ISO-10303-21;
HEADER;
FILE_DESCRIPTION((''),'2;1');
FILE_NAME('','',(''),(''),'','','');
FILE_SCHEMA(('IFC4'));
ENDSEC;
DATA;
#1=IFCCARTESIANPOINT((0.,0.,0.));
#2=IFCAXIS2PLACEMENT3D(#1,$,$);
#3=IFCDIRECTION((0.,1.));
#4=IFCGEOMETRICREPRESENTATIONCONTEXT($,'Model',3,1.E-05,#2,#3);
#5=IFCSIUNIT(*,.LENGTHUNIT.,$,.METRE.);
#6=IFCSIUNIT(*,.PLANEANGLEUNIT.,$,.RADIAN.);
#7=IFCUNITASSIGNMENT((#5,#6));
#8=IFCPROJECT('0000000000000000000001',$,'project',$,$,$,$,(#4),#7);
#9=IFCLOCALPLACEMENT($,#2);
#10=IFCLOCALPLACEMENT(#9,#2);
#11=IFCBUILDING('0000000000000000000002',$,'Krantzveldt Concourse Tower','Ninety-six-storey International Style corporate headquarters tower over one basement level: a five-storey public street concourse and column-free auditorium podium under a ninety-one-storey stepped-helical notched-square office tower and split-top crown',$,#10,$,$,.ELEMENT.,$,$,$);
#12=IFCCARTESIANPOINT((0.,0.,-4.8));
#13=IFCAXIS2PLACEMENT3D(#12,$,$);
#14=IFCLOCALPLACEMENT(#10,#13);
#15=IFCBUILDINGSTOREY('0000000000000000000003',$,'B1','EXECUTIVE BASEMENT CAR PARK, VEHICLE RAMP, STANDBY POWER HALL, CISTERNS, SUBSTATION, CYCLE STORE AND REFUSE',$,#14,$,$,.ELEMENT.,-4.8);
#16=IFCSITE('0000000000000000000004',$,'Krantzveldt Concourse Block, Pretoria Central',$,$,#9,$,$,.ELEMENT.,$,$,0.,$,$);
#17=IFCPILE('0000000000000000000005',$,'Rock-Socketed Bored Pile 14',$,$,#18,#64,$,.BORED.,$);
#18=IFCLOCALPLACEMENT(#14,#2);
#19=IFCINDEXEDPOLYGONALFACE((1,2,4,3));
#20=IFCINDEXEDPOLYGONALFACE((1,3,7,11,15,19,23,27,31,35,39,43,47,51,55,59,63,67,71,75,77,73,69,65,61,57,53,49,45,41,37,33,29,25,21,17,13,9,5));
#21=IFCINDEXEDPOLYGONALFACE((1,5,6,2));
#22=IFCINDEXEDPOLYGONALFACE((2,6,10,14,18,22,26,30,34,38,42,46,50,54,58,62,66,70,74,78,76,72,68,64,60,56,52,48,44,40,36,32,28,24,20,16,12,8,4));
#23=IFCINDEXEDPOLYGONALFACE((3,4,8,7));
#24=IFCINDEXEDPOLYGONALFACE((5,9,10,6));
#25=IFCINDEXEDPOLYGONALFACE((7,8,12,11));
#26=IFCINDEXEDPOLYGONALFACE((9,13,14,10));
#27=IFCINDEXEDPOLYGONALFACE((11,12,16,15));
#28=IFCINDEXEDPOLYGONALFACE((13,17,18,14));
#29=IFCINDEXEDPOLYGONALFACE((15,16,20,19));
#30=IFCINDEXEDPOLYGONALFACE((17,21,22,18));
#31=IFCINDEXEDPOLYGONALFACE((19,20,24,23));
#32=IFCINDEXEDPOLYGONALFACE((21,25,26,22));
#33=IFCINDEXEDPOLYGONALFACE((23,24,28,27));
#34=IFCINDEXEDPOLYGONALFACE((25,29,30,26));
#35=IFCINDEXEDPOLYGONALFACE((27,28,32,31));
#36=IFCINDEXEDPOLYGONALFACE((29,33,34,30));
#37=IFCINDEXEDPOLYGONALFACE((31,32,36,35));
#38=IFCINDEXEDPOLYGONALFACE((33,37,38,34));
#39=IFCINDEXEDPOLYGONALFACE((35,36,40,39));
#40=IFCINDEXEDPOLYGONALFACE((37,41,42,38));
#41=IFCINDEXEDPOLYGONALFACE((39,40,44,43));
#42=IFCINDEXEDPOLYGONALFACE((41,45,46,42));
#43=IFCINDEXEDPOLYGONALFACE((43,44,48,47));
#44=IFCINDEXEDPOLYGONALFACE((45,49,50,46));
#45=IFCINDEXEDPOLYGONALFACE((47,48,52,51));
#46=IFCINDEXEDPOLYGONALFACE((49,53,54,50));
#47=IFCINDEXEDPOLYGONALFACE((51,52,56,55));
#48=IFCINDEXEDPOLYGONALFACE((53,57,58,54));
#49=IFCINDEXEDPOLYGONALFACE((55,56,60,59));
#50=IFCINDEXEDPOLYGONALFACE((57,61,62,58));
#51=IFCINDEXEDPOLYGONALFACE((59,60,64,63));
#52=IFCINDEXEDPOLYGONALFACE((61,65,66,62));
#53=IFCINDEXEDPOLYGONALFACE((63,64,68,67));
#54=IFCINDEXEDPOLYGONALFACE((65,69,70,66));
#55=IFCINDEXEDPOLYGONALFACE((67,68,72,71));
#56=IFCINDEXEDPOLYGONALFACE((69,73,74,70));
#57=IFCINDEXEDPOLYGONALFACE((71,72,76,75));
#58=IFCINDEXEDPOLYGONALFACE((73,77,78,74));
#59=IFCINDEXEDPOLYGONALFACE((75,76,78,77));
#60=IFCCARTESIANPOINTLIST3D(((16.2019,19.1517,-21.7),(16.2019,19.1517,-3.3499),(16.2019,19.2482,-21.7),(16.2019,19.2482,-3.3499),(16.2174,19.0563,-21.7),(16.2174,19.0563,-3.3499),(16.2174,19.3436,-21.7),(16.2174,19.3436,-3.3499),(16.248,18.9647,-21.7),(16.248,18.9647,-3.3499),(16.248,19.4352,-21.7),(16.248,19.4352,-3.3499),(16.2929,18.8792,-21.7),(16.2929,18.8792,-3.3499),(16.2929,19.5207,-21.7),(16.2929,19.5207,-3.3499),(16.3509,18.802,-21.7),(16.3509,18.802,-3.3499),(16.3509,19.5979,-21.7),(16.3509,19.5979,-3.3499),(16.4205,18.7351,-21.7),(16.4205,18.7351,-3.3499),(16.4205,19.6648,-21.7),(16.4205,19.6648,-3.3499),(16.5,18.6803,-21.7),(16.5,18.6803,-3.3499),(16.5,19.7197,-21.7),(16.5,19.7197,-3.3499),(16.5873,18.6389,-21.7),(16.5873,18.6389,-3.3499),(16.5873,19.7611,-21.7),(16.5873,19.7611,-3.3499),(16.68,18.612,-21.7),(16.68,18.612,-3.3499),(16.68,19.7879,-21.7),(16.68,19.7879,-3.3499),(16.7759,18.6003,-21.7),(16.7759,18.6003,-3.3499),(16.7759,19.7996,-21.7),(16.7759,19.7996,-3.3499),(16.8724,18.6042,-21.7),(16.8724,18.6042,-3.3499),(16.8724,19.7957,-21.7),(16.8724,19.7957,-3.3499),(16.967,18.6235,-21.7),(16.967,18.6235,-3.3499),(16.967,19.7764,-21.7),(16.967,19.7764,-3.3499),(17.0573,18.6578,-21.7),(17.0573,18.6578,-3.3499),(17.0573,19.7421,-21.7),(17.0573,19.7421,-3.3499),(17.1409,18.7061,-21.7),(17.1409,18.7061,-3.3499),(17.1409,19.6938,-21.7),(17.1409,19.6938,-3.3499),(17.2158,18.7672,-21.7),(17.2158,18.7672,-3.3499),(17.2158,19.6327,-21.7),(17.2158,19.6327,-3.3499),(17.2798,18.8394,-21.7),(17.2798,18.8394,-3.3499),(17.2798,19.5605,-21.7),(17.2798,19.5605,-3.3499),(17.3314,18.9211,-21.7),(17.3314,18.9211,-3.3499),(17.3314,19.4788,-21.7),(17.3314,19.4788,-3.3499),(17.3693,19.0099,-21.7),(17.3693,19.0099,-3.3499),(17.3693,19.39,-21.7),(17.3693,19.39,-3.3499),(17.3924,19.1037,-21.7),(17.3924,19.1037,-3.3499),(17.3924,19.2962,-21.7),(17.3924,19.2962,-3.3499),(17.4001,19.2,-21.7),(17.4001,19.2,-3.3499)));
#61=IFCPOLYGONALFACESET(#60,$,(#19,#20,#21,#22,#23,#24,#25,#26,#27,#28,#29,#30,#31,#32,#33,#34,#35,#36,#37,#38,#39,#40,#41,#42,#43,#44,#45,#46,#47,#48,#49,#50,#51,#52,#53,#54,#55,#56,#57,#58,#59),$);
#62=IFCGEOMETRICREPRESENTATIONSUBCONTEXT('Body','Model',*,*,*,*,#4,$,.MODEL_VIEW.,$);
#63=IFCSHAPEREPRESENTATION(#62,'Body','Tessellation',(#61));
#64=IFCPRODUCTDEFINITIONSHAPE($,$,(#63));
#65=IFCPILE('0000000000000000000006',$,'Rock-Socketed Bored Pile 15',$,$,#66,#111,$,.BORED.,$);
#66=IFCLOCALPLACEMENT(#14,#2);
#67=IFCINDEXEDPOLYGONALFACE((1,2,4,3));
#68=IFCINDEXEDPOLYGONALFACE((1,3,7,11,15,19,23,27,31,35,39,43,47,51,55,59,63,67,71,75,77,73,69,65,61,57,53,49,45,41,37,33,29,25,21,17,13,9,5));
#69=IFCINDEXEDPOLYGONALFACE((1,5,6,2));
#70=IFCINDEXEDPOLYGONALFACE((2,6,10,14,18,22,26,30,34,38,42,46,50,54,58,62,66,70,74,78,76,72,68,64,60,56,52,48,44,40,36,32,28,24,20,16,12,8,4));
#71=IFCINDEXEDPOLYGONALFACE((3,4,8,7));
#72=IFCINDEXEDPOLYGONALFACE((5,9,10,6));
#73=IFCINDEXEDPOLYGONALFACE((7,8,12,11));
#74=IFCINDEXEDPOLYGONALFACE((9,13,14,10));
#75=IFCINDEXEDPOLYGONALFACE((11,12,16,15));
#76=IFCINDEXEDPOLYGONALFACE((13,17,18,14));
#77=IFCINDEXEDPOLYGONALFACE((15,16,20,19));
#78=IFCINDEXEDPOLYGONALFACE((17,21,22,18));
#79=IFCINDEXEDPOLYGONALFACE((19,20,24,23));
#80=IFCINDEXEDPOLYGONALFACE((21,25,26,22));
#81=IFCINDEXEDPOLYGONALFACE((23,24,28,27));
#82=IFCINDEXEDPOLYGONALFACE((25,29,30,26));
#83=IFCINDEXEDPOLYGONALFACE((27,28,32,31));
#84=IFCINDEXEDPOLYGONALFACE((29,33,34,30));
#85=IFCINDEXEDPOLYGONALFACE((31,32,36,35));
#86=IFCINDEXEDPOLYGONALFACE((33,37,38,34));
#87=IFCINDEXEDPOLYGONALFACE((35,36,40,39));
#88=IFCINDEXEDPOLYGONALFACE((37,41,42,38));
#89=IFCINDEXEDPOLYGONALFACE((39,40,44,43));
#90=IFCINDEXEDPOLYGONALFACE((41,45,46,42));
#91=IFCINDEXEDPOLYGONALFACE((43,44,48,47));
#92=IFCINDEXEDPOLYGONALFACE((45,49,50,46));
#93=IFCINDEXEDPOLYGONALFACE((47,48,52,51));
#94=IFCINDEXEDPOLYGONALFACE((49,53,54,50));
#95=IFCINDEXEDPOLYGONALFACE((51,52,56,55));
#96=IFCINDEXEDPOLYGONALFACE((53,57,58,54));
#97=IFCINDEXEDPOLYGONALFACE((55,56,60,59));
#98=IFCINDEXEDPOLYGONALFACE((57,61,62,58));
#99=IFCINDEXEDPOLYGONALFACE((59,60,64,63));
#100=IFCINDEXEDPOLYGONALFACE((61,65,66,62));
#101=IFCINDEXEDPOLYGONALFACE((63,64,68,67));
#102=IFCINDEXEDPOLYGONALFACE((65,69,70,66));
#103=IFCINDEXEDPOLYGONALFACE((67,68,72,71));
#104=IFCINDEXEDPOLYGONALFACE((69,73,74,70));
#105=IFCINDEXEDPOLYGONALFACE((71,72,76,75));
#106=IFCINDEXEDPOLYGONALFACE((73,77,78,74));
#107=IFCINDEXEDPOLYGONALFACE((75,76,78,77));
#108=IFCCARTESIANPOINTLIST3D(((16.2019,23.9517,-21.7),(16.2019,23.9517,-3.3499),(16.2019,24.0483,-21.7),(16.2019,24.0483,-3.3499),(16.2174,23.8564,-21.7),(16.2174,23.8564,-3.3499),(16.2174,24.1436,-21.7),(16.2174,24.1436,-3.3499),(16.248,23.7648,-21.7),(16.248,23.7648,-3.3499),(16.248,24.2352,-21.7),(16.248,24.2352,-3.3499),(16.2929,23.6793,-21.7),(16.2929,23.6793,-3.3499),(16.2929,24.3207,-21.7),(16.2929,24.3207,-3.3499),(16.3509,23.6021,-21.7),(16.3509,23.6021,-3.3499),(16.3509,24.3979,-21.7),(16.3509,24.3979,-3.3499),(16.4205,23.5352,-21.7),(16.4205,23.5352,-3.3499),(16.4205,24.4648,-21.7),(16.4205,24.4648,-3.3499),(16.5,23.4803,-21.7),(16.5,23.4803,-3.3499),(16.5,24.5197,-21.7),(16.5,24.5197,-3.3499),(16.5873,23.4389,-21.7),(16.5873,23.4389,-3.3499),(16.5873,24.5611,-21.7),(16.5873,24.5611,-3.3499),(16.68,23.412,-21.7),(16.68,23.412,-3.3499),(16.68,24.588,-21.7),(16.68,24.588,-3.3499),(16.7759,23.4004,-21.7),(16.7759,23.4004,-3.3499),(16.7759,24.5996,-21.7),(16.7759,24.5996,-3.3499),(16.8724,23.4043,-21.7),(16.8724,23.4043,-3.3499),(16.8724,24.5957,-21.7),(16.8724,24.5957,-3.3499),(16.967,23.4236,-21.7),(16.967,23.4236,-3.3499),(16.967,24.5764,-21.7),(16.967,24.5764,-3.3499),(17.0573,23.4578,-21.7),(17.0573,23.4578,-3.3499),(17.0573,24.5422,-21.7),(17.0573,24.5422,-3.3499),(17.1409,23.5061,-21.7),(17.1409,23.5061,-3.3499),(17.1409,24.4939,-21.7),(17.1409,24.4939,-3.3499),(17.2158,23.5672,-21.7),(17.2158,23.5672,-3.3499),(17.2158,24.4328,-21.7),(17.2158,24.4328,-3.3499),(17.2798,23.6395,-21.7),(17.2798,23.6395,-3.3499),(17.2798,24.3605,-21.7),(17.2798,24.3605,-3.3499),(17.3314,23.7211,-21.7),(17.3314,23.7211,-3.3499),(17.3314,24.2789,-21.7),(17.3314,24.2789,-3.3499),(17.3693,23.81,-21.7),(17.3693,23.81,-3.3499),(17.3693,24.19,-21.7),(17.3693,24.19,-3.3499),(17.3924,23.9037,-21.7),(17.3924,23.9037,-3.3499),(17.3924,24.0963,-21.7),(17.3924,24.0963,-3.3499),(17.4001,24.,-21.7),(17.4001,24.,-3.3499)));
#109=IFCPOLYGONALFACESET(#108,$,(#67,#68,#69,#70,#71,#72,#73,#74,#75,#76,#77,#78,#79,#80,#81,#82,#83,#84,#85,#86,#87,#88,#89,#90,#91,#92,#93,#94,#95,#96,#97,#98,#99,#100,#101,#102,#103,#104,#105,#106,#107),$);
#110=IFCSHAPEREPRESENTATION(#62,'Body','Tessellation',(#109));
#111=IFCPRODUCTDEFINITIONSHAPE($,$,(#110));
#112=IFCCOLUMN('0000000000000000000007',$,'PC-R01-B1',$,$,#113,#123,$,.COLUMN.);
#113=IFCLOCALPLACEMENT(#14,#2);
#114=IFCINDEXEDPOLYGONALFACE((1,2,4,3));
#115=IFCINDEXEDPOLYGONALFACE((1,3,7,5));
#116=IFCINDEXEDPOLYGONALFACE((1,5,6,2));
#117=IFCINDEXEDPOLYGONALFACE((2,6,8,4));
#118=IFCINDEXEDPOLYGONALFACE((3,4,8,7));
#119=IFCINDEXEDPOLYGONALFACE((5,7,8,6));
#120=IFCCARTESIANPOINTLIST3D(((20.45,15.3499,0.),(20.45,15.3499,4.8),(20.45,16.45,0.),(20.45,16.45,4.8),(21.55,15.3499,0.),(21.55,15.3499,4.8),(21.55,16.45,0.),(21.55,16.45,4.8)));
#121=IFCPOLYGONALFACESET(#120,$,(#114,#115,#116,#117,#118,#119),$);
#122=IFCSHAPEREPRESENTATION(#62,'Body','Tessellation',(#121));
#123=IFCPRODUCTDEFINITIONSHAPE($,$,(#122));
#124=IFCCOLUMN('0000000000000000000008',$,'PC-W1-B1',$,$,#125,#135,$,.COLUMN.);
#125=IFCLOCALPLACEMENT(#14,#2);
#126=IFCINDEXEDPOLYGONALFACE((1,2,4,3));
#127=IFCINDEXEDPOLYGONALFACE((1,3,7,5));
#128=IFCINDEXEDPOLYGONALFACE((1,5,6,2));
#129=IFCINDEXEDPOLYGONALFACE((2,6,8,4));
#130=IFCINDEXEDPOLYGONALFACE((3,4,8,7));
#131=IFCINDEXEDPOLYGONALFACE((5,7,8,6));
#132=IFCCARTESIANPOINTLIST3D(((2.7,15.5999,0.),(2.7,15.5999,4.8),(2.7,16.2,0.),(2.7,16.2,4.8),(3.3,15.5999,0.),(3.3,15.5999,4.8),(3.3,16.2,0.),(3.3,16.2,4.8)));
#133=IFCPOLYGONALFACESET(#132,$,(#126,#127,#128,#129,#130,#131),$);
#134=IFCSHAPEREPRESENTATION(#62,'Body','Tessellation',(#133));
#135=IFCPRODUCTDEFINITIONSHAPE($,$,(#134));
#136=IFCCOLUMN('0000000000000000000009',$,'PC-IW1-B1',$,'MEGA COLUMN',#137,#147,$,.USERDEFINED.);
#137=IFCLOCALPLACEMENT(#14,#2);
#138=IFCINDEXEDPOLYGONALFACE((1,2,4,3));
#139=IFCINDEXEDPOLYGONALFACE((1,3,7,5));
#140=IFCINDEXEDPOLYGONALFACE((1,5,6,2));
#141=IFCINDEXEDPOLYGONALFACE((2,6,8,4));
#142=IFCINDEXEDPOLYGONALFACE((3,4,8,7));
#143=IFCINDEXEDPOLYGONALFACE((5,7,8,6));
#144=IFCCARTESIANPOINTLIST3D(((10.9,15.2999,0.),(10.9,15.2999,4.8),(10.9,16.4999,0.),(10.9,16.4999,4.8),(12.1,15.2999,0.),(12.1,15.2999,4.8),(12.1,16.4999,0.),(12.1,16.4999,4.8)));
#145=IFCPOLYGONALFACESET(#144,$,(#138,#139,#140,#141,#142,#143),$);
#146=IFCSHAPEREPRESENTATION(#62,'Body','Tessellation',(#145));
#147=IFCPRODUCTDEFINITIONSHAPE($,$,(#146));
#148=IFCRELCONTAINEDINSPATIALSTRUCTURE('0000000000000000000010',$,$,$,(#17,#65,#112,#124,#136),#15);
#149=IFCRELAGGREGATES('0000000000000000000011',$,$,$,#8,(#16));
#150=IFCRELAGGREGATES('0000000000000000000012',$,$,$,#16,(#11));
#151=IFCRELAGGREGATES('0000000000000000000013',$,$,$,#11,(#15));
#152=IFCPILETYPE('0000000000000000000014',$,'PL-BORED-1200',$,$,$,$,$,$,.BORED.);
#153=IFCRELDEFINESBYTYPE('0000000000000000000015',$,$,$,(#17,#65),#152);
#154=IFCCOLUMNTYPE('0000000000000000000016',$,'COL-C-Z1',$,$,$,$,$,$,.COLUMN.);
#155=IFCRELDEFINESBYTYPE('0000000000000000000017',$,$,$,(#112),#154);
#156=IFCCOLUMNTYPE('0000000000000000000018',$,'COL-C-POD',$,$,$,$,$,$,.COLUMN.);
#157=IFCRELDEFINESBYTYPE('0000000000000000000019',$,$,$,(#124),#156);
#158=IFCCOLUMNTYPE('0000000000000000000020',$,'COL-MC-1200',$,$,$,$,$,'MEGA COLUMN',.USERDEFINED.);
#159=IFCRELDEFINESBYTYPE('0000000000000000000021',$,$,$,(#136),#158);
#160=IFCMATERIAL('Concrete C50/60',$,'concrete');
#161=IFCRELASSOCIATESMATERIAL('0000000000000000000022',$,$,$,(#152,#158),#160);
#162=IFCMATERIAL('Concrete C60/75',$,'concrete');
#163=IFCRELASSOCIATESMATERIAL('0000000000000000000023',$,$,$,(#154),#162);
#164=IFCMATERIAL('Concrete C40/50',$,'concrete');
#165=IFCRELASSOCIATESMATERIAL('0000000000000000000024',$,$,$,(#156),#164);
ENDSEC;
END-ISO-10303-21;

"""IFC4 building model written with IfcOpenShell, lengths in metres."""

from ifc_helpers import new_model, si_unit, direction, frame, origin, origin_2d, place, context, subcontext, project, spatial, rectangle, circle, extrude, source, transform, mapped, material, material_profile, profile_set, type_object, type_shapes, element, save


model = new_model("IFC4")

# Units and contexts
model_context = context("Model", 3, precision=1e-05, world=origin(), true_north=direction((0.0, 1.0)))
body_context = subcontext(model_context, "Body", "Model", "MODEL_VIEW")
ifc_project = project(units=[si_unit("LENGTHUNIT", "METRE"), si_unit("PLANEANGLEUNIT", "RADIAN")], contexts=[model_context])

# Site, building, storey
site_placement = place(None, origin())
site = spatial("IfcSite", under=ifc_project, at=site_placement, Name="Krantzveldt Concourse Block, Pretoria Central", CompositionType="ELEMENT", RefElevation=0.0)
building_placement = place(site_placement, origin())
building = spatial("IfcBuilding", under=site, at=building_placement, Name="Krantzveldt Concourse Tower", Description="Ninety-six-storey International Style corporate headquarters tower over one basement level: a five-storey public street concourse and column-free auditorium podium under a ninety-one-storey stepped-helical notched-square office tower and split-top crown", CompositionType="ELEMENT")
storey_placement = place(building_placement, frame((0.0, 0.0, -4.8)))
storey = spatial("IfcBuildingStorey", under=building, at=storey_placement, Name="B1", Description="EXECUTIVE BASEMENT CAR PARK, VEHICLE RAMP, STANDBY POWER HALL, CISTERNS, SUBSTATION, CYCLE STORE AND REFUSE", CompositionType="ELEMENT", Elevation=-4.8)

# Shared definitions
ifc_material_1 = material(Name="Concrete C50/60", Category="concrete")
ifc_material_profile_1 = material_profile(ifc_material_1, circle(Radius=0.6001, at=origin_2d()), Name="Concrete C50/60", Category="concrete")
ifc_profile_set_1 = profile_set([ifc_material_profile_1], Name="Concrete C50/60 - PILE D1200")
pile_type = type_object("IfcPileType", Name="PL-BORED-1200", PredefinedType="BORED", material=ifc_profile_set_1)

# Piles
shared_shape_1 = source(origin(), body_context, "Body", "SweptSolid", [
    extrude(circle(Radius=0.6001, at=origin_2d()), origin(), (0.0, 0.0, 1.0), 18.3501),
])
for number, where, z_axis, x_axis, name in (
    (1, (16.8, 19.2, -3.3499), (0.0, 0.0, -1.0), (1.0, 0.0, 0.0), "Rock-Socketed Bored Pile 14"),
    (2, (16.8, 24.0, -3.3499), (0.0, 0.0, -1.0), (1.0, 0.0, 0.0), "Rock-Socketed Bored Pile 15"),
):
    element("IfcPile", number, at=place(storey_placement, frame(where, z_axis=z_axis, x_axis=x_axis)), inside=storey, type_object=pile_type, Name=name, PredefinedType="BORED", context=body_context, shape_type="MappedRepresentation", body=[
        mapped(shared_shape_1, transform((0.0, 0.0, 0.0), x_axis=(1.0, 0.0, 0.0), y_axis=(0.0, 1.0, 0.0), z_axis=(0.0, 0.0, 1.0), scale=1.0)),
    ])

# Columns
ifc_material_2 = material(Name="Concrete C60/75", Category="concrete")
ifc_material_profile_2 = material_profile(ifc_material_2, rectangle(XDim=1.1001, YDim=1.1001, at=origin_2d()), Name="Concrete C60/75", Category="concrete")
ifc_profile_set_2 = profile_set([ifc_material_profile_2], Name="Concrete C60/75 - RC 1100x1100")
column_type_1 = type_object("IfcColumnType", Name="COL-C-Z1", PredefinedType="COLUMN", material=ifc_profile_set_2)
shared_shape_2 = source(origin(), body_context, "Body", "SweptSolid", [
    extrude(rectangle(XDim=1.1001, YDim=1.1001, at=origin_2d()), origin(), (0.0, 0.0, 1.0), 4.8),
])
type_shapes(column_type_1, [shared_shape_2])
column_1_placement = place(storey_placement, frame((21.0, 15.8999, 0.0), z_axis=(0.0, 0.0, 1.0), x_axis=(1.0, 0.0, 0.0)))
element("IfcColumn", 3, at=column_1_placement, inside=storey, type_object=column_type_1, Name="PC-R01-B1", PredefinedType="COLUMN", context=body_context, shape_type="MappedRepresentation", body=[
    mapped(shared_shape_2, transform((0.0, 0.0, 0.0), x_axis=(1.0, 0.0, 0.0), y_axis=(0.0, 1.0, 0.0), z_axis=(0.0, 0.0, 1.0), scale=1.0)),
])
ifc_material_3 = material(Name="Concrete C40/50", Category="concrete")
ifc_material_profile_3 = material_profile(ifc_material_3, rectangle(XDim=0.6001, YDim=0.6001, at=origin_2d()), Name="Concrete C40/50", Category="concrete")
ifc_profile_set_3 = profile_set([ifc_material_profile_3], Name="Concrete C40/50 - RC 600x600")
column_type_2 = type_object("IfcColumnType", Name="COL-C-POD", PredefinedType="COLUMN", material=ifc_profile_set_3)
shared_shape_3 = source(origin(), body_context, "Body", "SweptSolid", [
    extrude(rectangle(XDim=0.6001, YDim=0.6001, at=origin_2d()), origin(), (0.0, 0.0, 1.0), 4.8),
])
type_shapes(column_type_2, [shared_shape_3])
column_2_placement = place(storey_placement, frame((3.0, 15.8999, 0.0), z_axis=(0.0, 0.0, 1.0), x_axis=(1.0, 0.0, 0.0)))
element("IfcColumn", 4, at=column_2_placement, inside=storey, type_object=column_type_2, Name="PC-W1-B1", PredefinedType="COLUMN", context=body_context, shape_type="MappedRepresentation", body=[
    mapped(shared_shape_3, transform((0.0, 0.0, 0.0), x_axis=(1.0, 0.0, 0.0), y_axis=(0.0, 1.0, 0.0), z_axis=(0.0, 0.0, 1.0), scale=1.0)),
])
ifc_material_profile_4 = material_profile(ifc_material_1, rectangle(XDim=1.2, YDim=1.2, at=origin_2d()), Name="Concrete C50/60", Category="concrete")
ifc_profile_set_4 = profile_set([ifc_material_profile_4], Name="Concrete C50/60 - RC 1200x1200")
column_type_3 = type_object("IfcColumnType", Name="COL-MC-1200", ElementType="MEGA COLUMN", PredefinedType="USERDEFINED", material=ifc_profile_set_4)
shared_shape_4 = source(origin(), body_context, "Body", "SweptSolid", [
    extrude(rectangle(XDim=1.2, YDim=1.2, at=origin_2d()), origin(), (0.0, 0.0, 1.0), 4.8),
])
type_shapes(column_type_3, [shared_shape_4])
column_3_placement = place(storey_placement, frame((11.5, 15.8999, 0.0), z_axis=(0.0, 0.0, 1.0), x_axis=(1.0, 0.0, 0.0)))
element("IfcColumn", 5, at=column_3_placement, inside=storey, type_object=column_type_3, Name="PC-IW1-B1", ObjectType="MEGA COLUMN", PredefinedType="USERDEFINED", context=body_context, shape_type="MappedRepresentation", body=[
    mapped(shared_shape_4, transform((0.0, 0.0, 0.0), x_axis=(1.0, 0.0, 0.0), y_axis=(0.0, 1.0, 0.0), z_axis=(0.0, 0.0, 1.0), scale=1.0)),
])

save(model, "model.ifc")
